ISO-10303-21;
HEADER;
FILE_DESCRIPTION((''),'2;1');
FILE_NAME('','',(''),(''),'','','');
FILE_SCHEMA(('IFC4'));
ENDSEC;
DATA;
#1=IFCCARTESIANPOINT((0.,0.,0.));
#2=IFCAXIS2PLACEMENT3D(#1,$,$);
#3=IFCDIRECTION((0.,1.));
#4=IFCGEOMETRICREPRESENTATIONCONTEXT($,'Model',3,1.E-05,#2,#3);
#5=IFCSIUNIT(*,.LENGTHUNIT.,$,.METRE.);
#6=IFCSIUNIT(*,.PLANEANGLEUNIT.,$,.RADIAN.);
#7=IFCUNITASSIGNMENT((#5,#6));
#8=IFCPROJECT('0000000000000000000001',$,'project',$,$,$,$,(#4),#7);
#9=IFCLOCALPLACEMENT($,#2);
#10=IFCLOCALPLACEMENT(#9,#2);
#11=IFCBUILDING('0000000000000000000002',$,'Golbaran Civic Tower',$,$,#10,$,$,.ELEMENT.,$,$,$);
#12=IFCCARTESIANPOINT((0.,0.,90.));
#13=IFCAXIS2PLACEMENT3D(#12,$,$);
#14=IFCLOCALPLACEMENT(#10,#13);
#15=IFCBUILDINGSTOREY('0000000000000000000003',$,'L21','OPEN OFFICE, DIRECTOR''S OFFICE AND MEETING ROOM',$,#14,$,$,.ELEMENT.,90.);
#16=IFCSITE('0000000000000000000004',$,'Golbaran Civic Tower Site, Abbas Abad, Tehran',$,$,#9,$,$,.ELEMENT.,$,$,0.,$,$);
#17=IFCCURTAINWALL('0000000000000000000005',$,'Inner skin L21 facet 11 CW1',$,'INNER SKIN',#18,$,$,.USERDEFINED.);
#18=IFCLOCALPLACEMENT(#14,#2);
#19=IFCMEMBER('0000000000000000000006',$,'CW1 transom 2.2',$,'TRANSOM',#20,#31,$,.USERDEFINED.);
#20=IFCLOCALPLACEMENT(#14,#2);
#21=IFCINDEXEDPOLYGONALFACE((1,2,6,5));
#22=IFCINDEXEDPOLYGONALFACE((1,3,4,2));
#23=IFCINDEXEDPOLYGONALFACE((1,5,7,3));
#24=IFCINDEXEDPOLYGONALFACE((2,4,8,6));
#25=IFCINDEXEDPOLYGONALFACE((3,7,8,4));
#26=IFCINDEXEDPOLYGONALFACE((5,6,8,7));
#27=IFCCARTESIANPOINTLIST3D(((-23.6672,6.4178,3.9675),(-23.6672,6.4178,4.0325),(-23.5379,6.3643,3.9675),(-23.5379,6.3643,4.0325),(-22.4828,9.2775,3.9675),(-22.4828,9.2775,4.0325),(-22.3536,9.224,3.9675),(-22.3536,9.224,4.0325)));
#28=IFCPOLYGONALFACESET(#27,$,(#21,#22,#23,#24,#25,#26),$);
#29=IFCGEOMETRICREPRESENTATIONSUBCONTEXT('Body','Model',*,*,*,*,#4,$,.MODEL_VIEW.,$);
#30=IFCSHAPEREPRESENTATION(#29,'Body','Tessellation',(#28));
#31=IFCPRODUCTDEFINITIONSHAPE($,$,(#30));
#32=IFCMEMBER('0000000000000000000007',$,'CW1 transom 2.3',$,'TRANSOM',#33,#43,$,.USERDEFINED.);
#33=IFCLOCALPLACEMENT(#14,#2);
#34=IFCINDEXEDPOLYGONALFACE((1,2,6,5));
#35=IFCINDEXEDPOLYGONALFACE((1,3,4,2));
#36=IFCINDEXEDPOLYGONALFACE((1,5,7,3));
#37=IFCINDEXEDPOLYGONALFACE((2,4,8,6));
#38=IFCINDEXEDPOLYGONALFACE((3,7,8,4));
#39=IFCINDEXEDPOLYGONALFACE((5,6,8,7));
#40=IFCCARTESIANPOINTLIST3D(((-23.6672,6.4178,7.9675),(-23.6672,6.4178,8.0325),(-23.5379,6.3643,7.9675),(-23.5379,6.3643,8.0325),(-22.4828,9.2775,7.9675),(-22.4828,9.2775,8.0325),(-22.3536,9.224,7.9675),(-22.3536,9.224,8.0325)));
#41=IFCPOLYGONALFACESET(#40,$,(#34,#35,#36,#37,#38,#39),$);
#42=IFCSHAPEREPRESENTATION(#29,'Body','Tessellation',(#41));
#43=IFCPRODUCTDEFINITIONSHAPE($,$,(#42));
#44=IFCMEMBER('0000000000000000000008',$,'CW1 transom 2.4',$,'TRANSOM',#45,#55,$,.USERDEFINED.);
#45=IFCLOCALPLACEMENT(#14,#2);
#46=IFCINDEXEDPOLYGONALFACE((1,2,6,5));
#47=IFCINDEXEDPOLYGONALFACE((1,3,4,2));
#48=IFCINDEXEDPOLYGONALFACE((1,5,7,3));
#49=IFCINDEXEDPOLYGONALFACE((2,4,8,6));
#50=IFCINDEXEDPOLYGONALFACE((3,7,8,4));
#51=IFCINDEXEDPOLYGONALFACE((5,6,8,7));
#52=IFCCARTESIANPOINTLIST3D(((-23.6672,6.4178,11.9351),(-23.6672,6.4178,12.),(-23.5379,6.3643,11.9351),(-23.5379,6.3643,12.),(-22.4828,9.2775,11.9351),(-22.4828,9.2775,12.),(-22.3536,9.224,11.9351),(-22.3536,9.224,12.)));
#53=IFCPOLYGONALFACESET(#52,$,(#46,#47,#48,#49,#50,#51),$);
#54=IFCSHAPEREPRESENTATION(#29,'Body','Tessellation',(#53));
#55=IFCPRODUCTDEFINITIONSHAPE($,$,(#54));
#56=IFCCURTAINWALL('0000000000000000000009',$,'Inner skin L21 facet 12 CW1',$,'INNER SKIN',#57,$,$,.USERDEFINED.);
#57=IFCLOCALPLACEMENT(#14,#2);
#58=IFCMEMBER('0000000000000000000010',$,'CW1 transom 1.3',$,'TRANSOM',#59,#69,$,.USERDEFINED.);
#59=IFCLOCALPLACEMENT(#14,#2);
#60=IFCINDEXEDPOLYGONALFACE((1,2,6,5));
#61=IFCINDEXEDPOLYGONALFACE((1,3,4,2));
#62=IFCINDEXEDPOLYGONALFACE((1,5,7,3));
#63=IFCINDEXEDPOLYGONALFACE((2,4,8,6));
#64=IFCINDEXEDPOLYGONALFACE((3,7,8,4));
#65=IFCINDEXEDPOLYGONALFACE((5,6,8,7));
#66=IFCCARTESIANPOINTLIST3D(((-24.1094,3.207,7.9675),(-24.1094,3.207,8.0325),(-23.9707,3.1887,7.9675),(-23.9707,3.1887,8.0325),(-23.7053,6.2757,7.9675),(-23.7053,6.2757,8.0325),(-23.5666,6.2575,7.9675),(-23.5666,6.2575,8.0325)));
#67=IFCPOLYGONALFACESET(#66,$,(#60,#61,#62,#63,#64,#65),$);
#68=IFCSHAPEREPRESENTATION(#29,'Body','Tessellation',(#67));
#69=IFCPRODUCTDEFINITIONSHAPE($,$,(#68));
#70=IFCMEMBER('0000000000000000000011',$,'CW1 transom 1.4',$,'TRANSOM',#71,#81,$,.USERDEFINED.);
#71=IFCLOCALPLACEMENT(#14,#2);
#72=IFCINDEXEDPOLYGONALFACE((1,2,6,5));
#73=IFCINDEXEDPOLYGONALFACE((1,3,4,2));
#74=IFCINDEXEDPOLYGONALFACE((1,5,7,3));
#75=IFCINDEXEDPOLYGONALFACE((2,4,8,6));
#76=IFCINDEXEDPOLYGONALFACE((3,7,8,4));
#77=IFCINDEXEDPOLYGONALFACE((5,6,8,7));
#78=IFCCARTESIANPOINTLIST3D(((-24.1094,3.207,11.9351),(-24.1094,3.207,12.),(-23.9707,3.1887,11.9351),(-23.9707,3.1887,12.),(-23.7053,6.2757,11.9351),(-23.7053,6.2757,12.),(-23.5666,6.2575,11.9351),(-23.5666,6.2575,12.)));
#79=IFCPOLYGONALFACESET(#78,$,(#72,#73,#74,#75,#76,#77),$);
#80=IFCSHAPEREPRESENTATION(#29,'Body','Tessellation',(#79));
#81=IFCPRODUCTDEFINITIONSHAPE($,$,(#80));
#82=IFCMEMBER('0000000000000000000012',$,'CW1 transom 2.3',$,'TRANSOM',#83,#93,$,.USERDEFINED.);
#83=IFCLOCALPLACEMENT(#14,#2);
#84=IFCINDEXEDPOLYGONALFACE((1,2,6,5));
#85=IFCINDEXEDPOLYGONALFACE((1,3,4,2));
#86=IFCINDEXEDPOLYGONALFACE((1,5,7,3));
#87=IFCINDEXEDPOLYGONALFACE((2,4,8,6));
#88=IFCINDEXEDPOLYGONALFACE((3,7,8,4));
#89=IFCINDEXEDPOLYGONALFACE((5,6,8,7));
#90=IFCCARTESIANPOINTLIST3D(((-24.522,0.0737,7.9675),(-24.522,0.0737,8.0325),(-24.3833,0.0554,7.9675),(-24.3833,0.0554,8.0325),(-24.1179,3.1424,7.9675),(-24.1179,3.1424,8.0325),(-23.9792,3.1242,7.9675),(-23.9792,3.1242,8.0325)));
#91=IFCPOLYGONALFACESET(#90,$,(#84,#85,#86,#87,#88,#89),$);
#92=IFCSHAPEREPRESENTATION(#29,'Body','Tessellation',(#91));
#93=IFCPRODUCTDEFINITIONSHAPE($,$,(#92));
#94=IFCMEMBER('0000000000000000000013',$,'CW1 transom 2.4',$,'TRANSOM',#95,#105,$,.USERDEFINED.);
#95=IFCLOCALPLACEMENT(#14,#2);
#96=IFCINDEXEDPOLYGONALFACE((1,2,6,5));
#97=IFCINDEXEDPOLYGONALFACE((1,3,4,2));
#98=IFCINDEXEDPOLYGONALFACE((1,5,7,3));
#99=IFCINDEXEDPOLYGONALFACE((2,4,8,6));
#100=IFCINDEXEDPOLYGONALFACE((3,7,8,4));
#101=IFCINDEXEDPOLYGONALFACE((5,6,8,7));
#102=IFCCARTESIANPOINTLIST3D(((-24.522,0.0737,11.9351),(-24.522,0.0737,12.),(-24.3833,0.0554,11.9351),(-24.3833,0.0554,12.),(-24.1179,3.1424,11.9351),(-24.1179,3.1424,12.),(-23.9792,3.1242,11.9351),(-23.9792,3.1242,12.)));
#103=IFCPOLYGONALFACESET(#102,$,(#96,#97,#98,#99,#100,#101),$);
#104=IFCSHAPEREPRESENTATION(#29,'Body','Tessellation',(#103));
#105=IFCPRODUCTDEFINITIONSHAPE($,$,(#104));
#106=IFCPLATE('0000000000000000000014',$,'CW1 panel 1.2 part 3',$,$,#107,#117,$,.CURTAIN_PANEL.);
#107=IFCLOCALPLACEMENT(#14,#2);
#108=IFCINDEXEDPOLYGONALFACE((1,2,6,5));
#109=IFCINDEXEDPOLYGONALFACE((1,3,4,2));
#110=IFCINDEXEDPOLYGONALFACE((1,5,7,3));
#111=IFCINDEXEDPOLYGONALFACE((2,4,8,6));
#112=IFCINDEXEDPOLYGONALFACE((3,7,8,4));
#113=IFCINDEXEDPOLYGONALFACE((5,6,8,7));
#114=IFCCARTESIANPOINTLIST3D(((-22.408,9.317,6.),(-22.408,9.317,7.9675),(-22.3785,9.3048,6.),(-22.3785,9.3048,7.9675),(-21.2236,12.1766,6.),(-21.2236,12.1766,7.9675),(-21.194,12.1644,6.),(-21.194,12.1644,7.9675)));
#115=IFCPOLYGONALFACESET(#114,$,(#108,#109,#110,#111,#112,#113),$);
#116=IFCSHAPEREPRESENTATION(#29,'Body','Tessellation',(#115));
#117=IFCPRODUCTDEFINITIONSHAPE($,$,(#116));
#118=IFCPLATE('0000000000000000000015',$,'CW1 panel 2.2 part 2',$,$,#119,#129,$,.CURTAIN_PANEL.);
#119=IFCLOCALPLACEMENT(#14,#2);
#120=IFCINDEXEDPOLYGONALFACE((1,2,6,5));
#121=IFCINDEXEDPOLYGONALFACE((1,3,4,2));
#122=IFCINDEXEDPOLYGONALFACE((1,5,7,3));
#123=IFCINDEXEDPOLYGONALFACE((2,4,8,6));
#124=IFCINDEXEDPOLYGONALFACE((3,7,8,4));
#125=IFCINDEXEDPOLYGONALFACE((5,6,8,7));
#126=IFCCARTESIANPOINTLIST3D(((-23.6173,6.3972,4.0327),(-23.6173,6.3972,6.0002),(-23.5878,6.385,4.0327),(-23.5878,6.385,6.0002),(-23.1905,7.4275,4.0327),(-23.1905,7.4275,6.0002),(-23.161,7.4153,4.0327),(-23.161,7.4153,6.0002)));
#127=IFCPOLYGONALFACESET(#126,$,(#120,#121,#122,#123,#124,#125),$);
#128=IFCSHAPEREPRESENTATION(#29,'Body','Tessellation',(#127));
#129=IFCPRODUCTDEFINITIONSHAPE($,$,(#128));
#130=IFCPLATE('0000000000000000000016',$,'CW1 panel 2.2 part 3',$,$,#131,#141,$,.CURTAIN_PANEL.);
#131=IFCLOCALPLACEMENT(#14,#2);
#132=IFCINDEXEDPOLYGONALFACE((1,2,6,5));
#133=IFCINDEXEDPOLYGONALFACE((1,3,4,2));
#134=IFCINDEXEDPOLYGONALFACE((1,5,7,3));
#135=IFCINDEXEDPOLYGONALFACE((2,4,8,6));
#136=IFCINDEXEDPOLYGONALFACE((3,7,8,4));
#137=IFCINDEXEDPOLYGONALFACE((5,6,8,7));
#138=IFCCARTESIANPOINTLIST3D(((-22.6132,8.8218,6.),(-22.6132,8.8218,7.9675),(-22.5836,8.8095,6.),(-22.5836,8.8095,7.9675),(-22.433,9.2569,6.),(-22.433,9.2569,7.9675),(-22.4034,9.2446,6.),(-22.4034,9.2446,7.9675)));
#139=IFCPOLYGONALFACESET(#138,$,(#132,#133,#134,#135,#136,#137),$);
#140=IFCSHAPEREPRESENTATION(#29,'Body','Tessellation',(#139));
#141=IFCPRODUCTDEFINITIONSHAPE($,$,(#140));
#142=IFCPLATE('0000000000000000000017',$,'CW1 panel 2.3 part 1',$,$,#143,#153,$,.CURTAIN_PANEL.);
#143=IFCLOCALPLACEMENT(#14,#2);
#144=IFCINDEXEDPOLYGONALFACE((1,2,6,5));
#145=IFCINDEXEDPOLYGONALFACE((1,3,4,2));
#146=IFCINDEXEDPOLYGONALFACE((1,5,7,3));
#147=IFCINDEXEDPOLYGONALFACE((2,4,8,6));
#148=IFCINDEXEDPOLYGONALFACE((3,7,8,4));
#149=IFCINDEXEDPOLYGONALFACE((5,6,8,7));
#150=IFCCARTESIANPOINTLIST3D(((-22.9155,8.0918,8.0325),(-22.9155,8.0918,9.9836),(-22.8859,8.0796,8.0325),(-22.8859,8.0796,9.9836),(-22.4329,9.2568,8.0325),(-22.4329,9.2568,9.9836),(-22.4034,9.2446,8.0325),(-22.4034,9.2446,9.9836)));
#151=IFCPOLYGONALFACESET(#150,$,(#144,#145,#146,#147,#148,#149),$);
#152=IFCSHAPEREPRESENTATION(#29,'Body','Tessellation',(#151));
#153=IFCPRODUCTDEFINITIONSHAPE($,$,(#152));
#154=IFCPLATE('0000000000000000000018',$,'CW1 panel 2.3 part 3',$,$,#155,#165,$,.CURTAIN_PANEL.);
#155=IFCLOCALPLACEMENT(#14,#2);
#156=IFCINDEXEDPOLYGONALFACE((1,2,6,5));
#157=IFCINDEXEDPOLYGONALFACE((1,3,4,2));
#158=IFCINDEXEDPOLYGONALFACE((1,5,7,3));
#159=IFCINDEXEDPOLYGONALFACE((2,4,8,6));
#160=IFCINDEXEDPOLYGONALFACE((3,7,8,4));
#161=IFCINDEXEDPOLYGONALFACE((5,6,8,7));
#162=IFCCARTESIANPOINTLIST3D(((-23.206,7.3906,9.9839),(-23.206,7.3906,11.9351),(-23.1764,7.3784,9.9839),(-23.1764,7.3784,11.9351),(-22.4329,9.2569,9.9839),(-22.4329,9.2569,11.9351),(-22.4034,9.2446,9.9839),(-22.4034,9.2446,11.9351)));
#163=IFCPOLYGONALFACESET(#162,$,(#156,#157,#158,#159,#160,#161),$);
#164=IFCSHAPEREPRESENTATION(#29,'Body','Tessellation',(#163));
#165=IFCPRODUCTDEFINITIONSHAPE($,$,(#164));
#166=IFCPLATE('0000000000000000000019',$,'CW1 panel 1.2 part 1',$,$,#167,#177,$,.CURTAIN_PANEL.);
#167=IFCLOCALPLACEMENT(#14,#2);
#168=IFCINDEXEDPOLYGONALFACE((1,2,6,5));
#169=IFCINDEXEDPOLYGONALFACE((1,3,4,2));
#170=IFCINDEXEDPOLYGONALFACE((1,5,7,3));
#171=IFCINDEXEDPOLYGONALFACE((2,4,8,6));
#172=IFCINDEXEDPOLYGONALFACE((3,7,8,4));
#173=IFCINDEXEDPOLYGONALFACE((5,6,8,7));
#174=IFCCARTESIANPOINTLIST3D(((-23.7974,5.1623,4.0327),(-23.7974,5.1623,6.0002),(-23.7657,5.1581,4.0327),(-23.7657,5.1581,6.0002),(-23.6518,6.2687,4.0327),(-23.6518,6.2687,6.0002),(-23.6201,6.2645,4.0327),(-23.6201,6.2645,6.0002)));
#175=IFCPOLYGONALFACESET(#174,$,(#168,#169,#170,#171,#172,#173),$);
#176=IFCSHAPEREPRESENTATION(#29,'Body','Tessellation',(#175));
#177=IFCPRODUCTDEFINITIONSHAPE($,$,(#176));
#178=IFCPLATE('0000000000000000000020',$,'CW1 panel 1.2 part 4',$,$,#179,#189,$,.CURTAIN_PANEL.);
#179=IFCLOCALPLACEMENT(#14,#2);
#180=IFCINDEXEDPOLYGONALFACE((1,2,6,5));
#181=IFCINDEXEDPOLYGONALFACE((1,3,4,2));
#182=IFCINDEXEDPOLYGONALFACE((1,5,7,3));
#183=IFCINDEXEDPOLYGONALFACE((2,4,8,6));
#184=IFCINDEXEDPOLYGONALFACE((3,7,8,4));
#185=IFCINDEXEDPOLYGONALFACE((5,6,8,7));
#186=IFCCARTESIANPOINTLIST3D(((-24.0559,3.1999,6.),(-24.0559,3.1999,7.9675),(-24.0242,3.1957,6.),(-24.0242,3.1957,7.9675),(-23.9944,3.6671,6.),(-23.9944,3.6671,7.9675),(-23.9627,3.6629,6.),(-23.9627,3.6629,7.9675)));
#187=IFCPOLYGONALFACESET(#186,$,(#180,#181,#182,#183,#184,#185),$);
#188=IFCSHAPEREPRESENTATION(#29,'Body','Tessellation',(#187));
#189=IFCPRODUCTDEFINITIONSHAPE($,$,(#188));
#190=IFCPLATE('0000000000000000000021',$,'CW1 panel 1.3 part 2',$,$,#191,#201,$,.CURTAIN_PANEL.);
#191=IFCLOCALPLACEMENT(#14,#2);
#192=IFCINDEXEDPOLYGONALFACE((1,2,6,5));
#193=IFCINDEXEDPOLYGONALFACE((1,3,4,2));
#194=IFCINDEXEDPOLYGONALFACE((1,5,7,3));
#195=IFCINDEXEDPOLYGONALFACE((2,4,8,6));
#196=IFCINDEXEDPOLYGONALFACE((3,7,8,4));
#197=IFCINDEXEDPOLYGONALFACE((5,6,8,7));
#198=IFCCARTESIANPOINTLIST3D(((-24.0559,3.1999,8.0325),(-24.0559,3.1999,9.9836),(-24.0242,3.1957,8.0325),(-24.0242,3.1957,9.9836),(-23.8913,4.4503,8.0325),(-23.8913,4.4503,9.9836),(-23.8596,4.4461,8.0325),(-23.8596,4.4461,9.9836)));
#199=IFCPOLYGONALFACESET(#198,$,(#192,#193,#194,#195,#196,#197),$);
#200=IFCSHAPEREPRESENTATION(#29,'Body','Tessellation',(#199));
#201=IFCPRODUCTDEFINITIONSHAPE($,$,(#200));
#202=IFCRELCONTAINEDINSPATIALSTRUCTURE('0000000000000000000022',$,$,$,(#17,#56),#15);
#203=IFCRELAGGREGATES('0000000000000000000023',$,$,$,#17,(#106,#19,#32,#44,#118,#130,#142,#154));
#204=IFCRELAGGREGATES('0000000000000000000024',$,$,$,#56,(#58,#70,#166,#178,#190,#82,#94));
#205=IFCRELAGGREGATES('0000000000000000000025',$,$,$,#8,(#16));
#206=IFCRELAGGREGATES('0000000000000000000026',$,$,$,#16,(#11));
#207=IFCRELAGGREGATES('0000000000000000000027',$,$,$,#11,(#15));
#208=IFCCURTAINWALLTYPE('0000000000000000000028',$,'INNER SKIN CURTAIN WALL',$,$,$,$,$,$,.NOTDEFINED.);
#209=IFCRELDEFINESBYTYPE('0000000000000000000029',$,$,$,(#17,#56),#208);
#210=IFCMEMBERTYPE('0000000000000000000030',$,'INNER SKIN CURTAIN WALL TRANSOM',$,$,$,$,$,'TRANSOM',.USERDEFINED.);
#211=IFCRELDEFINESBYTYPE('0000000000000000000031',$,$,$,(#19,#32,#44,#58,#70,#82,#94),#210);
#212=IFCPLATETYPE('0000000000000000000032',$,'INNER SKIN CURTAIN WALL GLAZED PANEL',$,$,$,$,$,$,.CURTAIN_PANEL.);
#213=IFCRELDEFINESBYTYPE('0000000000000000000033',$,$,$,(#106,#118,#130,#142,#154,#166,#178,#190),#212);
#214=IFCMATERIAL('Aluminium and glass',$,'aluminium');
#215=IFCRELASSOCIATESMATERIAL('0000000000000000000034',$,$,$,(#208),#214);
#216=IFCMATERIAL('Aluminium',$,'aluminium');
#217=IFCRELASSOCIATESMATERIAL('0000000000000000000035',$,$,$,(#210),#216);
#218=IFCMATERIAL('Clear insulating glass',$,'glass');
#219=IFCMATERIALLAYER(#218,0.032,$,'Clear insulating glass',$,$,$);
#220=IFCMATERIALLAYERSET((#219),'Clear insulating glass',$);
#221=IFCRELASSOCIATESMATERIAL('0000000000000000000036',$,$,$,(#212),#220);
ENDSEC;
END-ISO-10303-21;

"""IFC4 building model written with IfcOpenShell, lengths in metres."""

from ifc_helpers import new_model, si_unit, direction, frame, origin, origin_2d, place, context, subcontext, project, spatial, rectangle, extrude, material, layer, layer_set, material_profile, profile_set, type_object, element, aggregate, save


model = new_model("IFC4")

# Units and contexts
model_context = context("Model", 3, precision=1e-05, world=origin(), true_north=direction((0.0, 1.0)))
body_context = subcontext(model_context, "Body", "Model", "MODEL_VIEW")
ifc_project = project(units=[si_unit("LENGTHUNIT", "METRE"), si_unit("PLANEANGLEUNIT", "RADIAN")], contexts=[model_context])

# Site, building, storey
site_placement = place(None, origin())
site = spatial("IfcSite", under=ifc_project, at=site_placement, Name="Golbaran Civic Tower Site, Abbas Abad, Tehran", CompositionType="ELEMENT", RefElevation=0.0)
building_placement = place(site_placement, origin())
building = spatial("IfcBuilding", under=site, at=building_placement, Name="Golbaran Civic Tower", CompositionType="ELEMENT")
storey_placement = place(building_placement, frame((0.0, 0.0, 90.0)))
storey = spatial("IfcBuildingStorey", under=building, at=storey_placement, Name="L21", Description="OPEN OFFICE, DIRECTOR'S OFFICE AND MEETING ROOM", CompositionType="ELEMENT", Elevation=90.0)

# Curtain walls, members
ifc_material_1 = material(Name="Aluminium and glass", Category="aluminium")
curtain_wall_type = type_object("IfcCurtainWallType", Name="INNER SKIN CURTAIN WALL", PredefinedType="NOTDEFINED", material=ifc_material_1)
curtain_wall_1_placement = place(storey_placement, origin())
curtain_wall_1 = element("IfcCurtainWall", 1, at=curtain_wall_1_placement, inside=storey, type_object=curtain_wall_type, Name="Inner skin L21 facet 11 CW1", ObjectType="INNER SKIN", PredefinedType="USERDEFINED")
ifc_material_2 = material(Name="Aluminium", Category="aluminium")
ifc_material_profile = material_profile(ifc_material_2, rectangle(XDim=0.1399, YDim=0.0649, at=origin_2d()), Name="INNER SKIN CURTAIN WALL TRANSOM")
ifc_profile_set = profile_set([ifc_material_profile], Name="Aluminium")
member_type = type_object("IfcMemberType", Name="INNER SKIN CURTAIN WALL TRANSOM", ElementType="TRANSOM", PredefinedType="USERDEFINED", material=ifc_profile_set)
member_1_placement = place(storey_placement, frame((-22.4182, 9.2507, 4.0), z_axis=(-0.382637, -0.923899, 0.0), x_axis=(0.923899, -0.382637, 0.0)))
member_1 = element("IfcMember", 2, at=member_1_placement, type_object=member_type, Name="CW1 transom 2.2", ObjectType="TRANSOM", PredefinedType="USERDEFINED", context=body_context, shape_type="SweptSolid", body=[
    extrude(rectangle(XDim=0.1399, YDim=0.0649, at=origin_2d()), origin(), (0.0, 0.0, 1.0), 3.0952),
])
member_2_placement = place(storey_placement, frame((-22.4182, 9.2507, 8.0), z_axis=(-0.382637, -0.923899, 0.0), x_axis=(0.923899, -0.382637, 0.0)))
member_2 = element("IfcMember", 3, at=member_2_placement, type_object=member_type, Name="CW1 transom 2.3", ObjectType="TRANSOM", PredefinedType="USERDEFINED", context=body_context, shape_type="SweptSolid", body=[
    extrude(rectangle(XDim=0.1399, YDim=0.0649, at=origin_2d()), origin(), (0.0, 0.0, 1.0), 3.0952),
])
member_3_placement = place(storey_placement, frame((-22.4182, 9.2507, 11.9675), z_axis=(-0.382637, -0.923899, 0.0), x_axis=(0.923899, -0.382637, 0.0)))
member_3 = element("IfcMember", 4, at=member_3_placement, type_object=member_type, Name="CW1 transom 2.4", ObjectType="TRANSOM", PredefinedType="USERDEFINED", context=body_context, shape_type="SweptSolid", body=[
    extrude(rectangle(XDim=0.1399, YDim=0.0649, at=origin_2d()), origin(), (0.0, 0.0, 1.0), 3.0952),
])
curtain_wall_2_placement = place(storey_placement, origin())
curtain_wall_2 = element("IfcCurtainWall", 5, at=curtain_wall_2_placement, inside=storey, type_object=curtain_wall_type, Name="Inner skin L21 facet 12 CW1", ObjectType="INNER SKIN", PredefinedType="USERDEFINED")
member_4_placement = place(storey_placement, frame((-23.636, 6.2666, 8.0), z_axis=(-0.130536, -0.991444, 0.0), x_axis=(0.991444, -0.130536, 0.0)))
member_4 = element("IfcMember", 6, at=member_4_placement, type_object=member_type, Name="CW1 transom 1.3", ObjectType="TRANSOM", PredefinedType="USERDEFINED", context=body_context, shape_type="SweptSolid", body=[
    extrude(rectangle(XDim=0.1399, YDim=0.0649, at=origin_2d()), origin(), (0.0, 0.0, 1.0), 3.0952),
])
member_5_placement = place(storey_placement, frame((-23.636, 6.2666, 11.9675), z_axis=(-0.130536, -0.991444, 0.0), x_axis=(0.991444, -0.130536, 0.0)))
member_5 = element("IfcMember", 7, at=member_5_placement, type_object=member_type, Name="CW1 transom 1.4", ObjectType="TRANSOM", PredefinedType="USERDEFINED", context=body_context, shape_type="SweptSolid", body=[
    extrude(rectangle(XDim=0.1399, YDim=0.0649, at=origin_2d()), origin(), (0.0, 0.0, 1.0), 3.0952),
])
member_6_placement = place(storey_placement, frame((-24.0486, 3.1333, 8.0), z_axis=(-0.130536, -0.991444, 0.0), x_axis=(0.991444, -0.130536, 0.0)))
member_6 = element("IfcMember", 8, at=member_6_placement, type_object=member_type, Name="CW1 transom 2.3", ObjectType="TRANSOM", PredefinedType="USERDEFINED", context=body_context, shape_type="SweptSolid", body=[
    extrude(rectangle(XDim=0.1399, YDim=0.0649, at=origin_2d()), origin(), (0.0, 0.0, 1.0), 3.0952),
])
member_7_placement = place(storey_placement, frame((-24.0486, 3.1333, 11.9675), z_axis=(-0.130536, -0.991444, 0.0), x_axis=(0.991444, -0.130536, 0.0)))
member_7 = element("IfcMember", 9, at=member_7_placement, type_object=member_type, Name="CW1 transom 2.4", ObjectType="TRANSOM", PredefinedType="USERDEFINED", context=body_context, shape_type="SweptSolid", body=[
    extrude(rectangle(XDim=0.1399, YDim=0.0649, at=origin_2d()), origin(), (0.0, 0.0, 1.0), 3.0952),
])

# Plates
ifc_material_3 = material(Name="Clear insulating glass", Category="glass")
ifc_layer_1 = layer(ifc_material_3, 0.032, Name="Clear insulating glass")
ifc_layer_set_1 = layer_set([ifc_layer_1], Name="Clear insulating glass")
plate_type_1 = type_object("IfcPlateType", Name="INNER SKIN CURTAIN WALL GLAZED PANEL", PredefinedType="CURTAIN_PANEL", material=ifc_layer_set_1)
plate_1_placement = place(storey_placement, frame((-21.801, 10.7407, 6.0), z_axis=(0.0, 0.0, 1.0), x_axis=(-0.382683, -0.92388, 0.0)))
plate_1 = element("IfcPlate", 10, at=plate_1_placement, type_object=plate_type_1, Name="CW1 panel 1.2 part 3", PredefinedType="CURTAIN_PANEL", context=body_context, shape_type="SweptSolid", body=[
    extrude(rectangle(XDim=3.0952, YDim=0.032, at=origin_2d()), origin(), (0.0, 0.0, 1.0), 1.9675),
])
plate_2_placement = place(storey_placement, frame((-23.3892, 6.9062, 4.0327), z_axis=(0.0, 0.0, 1.0), x_axis=(-0.382683, -0.92388, 0.0)))
plate_2 = element("IfcPlate", 11, at=plate_2_placement, type_object=plate_type_1, Name="CW1 panel 2.2 part 2", PredefinedType="CURTAIN_PANEL", context=body_context, shape_type="SweptSolid", body=[
    extrude(rectangle(XDim=1.1152, YDim=0.032, at=origin_2d()), origin(), (0.0, 0.0, 1.0), 1.9675),
])
plate_3_placement = place(storey_placement, frame((-22.5083, 9.0332, 6.0), z_axis=(0.0, 0.0, 1.0), x_axis=(-0.382683, -0.92388, 0.0)))
plate_3 = element("IfcPlate", 12, at=plate_3_placement, type_object=plate_type_1, Name="CW1 panel 2.2 part 3", PredefinedType="CURTAIN_PANEL", context=body_context, shape_type="SweptSolid", body=[
    extrude(rectangle(XDim=0.4709, YDim=0.032, at=origin_2d()), origin(), (0.0, 0.0, 1.0), 1.9675),
])
plate_4_placement = place(storey_placement, frame((-22.6594, 8.6682, 8.0325), z_axis=(0.0, 0.0, 1.0), x_axis=(-0.382683, -0.92388, 0.0)))
plate_4 = element("IfcPlate", 13, at=plate_4_placement, type_object=plate_type_1, Name="CW1 panel 2.3 part 1", PredefinedType="CURTAIN_PANEL", context=body_context, shape_type="SweptSolid", body=[
    extrude(rectangle(XDim=1.261, YDim=0.032, at=origin_2d()), origin(), (0.0, 0.0, 1.0), 1.9512),
])
plate_5_placement = place(storey_placement, frame((-22.8047, 8.3176, 9.9839), z_axis=(0.0, 0.0, 1.0), x_axis=(-0.382683, -0.92388, 0.0)))
plate_5 = element("IfcPlate", 14, at=plate_5_placement, type_object=plate_type_1, Name="CW1 panel 2.3 part 3", PredefinedType="CURTAIN_PANEL", context=body_context, shape_type="SweptSolid", body=[
    extrude(rectangle(XDim=2.02, YDim=0.032, at=origin_2d()), origin(), (0.0, 0.0, 1.0), 1.9512),
])
plate_6_placement = place(storey_placement, frame((-23.7087, 5.7134, 4.0327), z_axis=(0.0, 0.0, 1.0), x_axis=(-0.130526, -0.991445, 0.0)))
plate_6 = element("IfcPlate", 15, at=plate_6_placement, type_object=plate_type_1, Name="CW1 panel 1.2 part 1", PredefinedType="CURTAIN_PANEL", context=body_context, shape_type="SweptSolid", body=[
    extrude(rectangle(XDim=1.116, YDim=0.032, at=origin_2d()), origin(), (0.0, 0.0, 1.0), 1.9675),
])
plate_7_placement = place(storey_placement, frame((-24.0093, 3.4314, 6.0), z_axis=(0.0, 0.0, 1.0), x_axis=(-0.130526, -0.991445, 0.0)))
plate_7 = element("IfcPlate", 16, at=plate_7_placement, type_object=plate_type_1, Name="CW1 panel 1.2 part 4", PredefinedType="CURTAIN_PANEL", context=body_context, shape_type="SweptSolid", body=[
    extrude(rectangle(XDim=0.4712, YDim=0.032, at=origin_2d()), origin(), (0.0, 0.0, 1.0), 1.9675),
])
plate_8_placement = place(storey_placement, frame((-23.9578, 3.823, 8.0325), z_axis=(0.0, 0.0, 1.0), x_axis=(-0.130526, -0.991445, 0.0)))
plate_8 = element("IfcPlate", 17, at=plate_8_placement, type_object=plate_type_1, Name="CW1 panel 1.3 part 2", PredefinedType="CURTAIN_PANEL", context=body_context, shape_type="SweptSolid", body=[
    extrude(rectangle(XDim=1.2612, YDim=0.032, at=origin_2d()), origin(), (0.0, 0.0, 1.0), 1.9512),
])
aggregate(curtain_wall_1, [plate_1, member_1, member_2, member_3, plate_2, plate_3, plate_4, plate_5])
aggregate(curtain_wall_2, [member_4, member_5, plate_6, plate_7, plate_8, member_6, member_7])

save(model, "model.ifc")
